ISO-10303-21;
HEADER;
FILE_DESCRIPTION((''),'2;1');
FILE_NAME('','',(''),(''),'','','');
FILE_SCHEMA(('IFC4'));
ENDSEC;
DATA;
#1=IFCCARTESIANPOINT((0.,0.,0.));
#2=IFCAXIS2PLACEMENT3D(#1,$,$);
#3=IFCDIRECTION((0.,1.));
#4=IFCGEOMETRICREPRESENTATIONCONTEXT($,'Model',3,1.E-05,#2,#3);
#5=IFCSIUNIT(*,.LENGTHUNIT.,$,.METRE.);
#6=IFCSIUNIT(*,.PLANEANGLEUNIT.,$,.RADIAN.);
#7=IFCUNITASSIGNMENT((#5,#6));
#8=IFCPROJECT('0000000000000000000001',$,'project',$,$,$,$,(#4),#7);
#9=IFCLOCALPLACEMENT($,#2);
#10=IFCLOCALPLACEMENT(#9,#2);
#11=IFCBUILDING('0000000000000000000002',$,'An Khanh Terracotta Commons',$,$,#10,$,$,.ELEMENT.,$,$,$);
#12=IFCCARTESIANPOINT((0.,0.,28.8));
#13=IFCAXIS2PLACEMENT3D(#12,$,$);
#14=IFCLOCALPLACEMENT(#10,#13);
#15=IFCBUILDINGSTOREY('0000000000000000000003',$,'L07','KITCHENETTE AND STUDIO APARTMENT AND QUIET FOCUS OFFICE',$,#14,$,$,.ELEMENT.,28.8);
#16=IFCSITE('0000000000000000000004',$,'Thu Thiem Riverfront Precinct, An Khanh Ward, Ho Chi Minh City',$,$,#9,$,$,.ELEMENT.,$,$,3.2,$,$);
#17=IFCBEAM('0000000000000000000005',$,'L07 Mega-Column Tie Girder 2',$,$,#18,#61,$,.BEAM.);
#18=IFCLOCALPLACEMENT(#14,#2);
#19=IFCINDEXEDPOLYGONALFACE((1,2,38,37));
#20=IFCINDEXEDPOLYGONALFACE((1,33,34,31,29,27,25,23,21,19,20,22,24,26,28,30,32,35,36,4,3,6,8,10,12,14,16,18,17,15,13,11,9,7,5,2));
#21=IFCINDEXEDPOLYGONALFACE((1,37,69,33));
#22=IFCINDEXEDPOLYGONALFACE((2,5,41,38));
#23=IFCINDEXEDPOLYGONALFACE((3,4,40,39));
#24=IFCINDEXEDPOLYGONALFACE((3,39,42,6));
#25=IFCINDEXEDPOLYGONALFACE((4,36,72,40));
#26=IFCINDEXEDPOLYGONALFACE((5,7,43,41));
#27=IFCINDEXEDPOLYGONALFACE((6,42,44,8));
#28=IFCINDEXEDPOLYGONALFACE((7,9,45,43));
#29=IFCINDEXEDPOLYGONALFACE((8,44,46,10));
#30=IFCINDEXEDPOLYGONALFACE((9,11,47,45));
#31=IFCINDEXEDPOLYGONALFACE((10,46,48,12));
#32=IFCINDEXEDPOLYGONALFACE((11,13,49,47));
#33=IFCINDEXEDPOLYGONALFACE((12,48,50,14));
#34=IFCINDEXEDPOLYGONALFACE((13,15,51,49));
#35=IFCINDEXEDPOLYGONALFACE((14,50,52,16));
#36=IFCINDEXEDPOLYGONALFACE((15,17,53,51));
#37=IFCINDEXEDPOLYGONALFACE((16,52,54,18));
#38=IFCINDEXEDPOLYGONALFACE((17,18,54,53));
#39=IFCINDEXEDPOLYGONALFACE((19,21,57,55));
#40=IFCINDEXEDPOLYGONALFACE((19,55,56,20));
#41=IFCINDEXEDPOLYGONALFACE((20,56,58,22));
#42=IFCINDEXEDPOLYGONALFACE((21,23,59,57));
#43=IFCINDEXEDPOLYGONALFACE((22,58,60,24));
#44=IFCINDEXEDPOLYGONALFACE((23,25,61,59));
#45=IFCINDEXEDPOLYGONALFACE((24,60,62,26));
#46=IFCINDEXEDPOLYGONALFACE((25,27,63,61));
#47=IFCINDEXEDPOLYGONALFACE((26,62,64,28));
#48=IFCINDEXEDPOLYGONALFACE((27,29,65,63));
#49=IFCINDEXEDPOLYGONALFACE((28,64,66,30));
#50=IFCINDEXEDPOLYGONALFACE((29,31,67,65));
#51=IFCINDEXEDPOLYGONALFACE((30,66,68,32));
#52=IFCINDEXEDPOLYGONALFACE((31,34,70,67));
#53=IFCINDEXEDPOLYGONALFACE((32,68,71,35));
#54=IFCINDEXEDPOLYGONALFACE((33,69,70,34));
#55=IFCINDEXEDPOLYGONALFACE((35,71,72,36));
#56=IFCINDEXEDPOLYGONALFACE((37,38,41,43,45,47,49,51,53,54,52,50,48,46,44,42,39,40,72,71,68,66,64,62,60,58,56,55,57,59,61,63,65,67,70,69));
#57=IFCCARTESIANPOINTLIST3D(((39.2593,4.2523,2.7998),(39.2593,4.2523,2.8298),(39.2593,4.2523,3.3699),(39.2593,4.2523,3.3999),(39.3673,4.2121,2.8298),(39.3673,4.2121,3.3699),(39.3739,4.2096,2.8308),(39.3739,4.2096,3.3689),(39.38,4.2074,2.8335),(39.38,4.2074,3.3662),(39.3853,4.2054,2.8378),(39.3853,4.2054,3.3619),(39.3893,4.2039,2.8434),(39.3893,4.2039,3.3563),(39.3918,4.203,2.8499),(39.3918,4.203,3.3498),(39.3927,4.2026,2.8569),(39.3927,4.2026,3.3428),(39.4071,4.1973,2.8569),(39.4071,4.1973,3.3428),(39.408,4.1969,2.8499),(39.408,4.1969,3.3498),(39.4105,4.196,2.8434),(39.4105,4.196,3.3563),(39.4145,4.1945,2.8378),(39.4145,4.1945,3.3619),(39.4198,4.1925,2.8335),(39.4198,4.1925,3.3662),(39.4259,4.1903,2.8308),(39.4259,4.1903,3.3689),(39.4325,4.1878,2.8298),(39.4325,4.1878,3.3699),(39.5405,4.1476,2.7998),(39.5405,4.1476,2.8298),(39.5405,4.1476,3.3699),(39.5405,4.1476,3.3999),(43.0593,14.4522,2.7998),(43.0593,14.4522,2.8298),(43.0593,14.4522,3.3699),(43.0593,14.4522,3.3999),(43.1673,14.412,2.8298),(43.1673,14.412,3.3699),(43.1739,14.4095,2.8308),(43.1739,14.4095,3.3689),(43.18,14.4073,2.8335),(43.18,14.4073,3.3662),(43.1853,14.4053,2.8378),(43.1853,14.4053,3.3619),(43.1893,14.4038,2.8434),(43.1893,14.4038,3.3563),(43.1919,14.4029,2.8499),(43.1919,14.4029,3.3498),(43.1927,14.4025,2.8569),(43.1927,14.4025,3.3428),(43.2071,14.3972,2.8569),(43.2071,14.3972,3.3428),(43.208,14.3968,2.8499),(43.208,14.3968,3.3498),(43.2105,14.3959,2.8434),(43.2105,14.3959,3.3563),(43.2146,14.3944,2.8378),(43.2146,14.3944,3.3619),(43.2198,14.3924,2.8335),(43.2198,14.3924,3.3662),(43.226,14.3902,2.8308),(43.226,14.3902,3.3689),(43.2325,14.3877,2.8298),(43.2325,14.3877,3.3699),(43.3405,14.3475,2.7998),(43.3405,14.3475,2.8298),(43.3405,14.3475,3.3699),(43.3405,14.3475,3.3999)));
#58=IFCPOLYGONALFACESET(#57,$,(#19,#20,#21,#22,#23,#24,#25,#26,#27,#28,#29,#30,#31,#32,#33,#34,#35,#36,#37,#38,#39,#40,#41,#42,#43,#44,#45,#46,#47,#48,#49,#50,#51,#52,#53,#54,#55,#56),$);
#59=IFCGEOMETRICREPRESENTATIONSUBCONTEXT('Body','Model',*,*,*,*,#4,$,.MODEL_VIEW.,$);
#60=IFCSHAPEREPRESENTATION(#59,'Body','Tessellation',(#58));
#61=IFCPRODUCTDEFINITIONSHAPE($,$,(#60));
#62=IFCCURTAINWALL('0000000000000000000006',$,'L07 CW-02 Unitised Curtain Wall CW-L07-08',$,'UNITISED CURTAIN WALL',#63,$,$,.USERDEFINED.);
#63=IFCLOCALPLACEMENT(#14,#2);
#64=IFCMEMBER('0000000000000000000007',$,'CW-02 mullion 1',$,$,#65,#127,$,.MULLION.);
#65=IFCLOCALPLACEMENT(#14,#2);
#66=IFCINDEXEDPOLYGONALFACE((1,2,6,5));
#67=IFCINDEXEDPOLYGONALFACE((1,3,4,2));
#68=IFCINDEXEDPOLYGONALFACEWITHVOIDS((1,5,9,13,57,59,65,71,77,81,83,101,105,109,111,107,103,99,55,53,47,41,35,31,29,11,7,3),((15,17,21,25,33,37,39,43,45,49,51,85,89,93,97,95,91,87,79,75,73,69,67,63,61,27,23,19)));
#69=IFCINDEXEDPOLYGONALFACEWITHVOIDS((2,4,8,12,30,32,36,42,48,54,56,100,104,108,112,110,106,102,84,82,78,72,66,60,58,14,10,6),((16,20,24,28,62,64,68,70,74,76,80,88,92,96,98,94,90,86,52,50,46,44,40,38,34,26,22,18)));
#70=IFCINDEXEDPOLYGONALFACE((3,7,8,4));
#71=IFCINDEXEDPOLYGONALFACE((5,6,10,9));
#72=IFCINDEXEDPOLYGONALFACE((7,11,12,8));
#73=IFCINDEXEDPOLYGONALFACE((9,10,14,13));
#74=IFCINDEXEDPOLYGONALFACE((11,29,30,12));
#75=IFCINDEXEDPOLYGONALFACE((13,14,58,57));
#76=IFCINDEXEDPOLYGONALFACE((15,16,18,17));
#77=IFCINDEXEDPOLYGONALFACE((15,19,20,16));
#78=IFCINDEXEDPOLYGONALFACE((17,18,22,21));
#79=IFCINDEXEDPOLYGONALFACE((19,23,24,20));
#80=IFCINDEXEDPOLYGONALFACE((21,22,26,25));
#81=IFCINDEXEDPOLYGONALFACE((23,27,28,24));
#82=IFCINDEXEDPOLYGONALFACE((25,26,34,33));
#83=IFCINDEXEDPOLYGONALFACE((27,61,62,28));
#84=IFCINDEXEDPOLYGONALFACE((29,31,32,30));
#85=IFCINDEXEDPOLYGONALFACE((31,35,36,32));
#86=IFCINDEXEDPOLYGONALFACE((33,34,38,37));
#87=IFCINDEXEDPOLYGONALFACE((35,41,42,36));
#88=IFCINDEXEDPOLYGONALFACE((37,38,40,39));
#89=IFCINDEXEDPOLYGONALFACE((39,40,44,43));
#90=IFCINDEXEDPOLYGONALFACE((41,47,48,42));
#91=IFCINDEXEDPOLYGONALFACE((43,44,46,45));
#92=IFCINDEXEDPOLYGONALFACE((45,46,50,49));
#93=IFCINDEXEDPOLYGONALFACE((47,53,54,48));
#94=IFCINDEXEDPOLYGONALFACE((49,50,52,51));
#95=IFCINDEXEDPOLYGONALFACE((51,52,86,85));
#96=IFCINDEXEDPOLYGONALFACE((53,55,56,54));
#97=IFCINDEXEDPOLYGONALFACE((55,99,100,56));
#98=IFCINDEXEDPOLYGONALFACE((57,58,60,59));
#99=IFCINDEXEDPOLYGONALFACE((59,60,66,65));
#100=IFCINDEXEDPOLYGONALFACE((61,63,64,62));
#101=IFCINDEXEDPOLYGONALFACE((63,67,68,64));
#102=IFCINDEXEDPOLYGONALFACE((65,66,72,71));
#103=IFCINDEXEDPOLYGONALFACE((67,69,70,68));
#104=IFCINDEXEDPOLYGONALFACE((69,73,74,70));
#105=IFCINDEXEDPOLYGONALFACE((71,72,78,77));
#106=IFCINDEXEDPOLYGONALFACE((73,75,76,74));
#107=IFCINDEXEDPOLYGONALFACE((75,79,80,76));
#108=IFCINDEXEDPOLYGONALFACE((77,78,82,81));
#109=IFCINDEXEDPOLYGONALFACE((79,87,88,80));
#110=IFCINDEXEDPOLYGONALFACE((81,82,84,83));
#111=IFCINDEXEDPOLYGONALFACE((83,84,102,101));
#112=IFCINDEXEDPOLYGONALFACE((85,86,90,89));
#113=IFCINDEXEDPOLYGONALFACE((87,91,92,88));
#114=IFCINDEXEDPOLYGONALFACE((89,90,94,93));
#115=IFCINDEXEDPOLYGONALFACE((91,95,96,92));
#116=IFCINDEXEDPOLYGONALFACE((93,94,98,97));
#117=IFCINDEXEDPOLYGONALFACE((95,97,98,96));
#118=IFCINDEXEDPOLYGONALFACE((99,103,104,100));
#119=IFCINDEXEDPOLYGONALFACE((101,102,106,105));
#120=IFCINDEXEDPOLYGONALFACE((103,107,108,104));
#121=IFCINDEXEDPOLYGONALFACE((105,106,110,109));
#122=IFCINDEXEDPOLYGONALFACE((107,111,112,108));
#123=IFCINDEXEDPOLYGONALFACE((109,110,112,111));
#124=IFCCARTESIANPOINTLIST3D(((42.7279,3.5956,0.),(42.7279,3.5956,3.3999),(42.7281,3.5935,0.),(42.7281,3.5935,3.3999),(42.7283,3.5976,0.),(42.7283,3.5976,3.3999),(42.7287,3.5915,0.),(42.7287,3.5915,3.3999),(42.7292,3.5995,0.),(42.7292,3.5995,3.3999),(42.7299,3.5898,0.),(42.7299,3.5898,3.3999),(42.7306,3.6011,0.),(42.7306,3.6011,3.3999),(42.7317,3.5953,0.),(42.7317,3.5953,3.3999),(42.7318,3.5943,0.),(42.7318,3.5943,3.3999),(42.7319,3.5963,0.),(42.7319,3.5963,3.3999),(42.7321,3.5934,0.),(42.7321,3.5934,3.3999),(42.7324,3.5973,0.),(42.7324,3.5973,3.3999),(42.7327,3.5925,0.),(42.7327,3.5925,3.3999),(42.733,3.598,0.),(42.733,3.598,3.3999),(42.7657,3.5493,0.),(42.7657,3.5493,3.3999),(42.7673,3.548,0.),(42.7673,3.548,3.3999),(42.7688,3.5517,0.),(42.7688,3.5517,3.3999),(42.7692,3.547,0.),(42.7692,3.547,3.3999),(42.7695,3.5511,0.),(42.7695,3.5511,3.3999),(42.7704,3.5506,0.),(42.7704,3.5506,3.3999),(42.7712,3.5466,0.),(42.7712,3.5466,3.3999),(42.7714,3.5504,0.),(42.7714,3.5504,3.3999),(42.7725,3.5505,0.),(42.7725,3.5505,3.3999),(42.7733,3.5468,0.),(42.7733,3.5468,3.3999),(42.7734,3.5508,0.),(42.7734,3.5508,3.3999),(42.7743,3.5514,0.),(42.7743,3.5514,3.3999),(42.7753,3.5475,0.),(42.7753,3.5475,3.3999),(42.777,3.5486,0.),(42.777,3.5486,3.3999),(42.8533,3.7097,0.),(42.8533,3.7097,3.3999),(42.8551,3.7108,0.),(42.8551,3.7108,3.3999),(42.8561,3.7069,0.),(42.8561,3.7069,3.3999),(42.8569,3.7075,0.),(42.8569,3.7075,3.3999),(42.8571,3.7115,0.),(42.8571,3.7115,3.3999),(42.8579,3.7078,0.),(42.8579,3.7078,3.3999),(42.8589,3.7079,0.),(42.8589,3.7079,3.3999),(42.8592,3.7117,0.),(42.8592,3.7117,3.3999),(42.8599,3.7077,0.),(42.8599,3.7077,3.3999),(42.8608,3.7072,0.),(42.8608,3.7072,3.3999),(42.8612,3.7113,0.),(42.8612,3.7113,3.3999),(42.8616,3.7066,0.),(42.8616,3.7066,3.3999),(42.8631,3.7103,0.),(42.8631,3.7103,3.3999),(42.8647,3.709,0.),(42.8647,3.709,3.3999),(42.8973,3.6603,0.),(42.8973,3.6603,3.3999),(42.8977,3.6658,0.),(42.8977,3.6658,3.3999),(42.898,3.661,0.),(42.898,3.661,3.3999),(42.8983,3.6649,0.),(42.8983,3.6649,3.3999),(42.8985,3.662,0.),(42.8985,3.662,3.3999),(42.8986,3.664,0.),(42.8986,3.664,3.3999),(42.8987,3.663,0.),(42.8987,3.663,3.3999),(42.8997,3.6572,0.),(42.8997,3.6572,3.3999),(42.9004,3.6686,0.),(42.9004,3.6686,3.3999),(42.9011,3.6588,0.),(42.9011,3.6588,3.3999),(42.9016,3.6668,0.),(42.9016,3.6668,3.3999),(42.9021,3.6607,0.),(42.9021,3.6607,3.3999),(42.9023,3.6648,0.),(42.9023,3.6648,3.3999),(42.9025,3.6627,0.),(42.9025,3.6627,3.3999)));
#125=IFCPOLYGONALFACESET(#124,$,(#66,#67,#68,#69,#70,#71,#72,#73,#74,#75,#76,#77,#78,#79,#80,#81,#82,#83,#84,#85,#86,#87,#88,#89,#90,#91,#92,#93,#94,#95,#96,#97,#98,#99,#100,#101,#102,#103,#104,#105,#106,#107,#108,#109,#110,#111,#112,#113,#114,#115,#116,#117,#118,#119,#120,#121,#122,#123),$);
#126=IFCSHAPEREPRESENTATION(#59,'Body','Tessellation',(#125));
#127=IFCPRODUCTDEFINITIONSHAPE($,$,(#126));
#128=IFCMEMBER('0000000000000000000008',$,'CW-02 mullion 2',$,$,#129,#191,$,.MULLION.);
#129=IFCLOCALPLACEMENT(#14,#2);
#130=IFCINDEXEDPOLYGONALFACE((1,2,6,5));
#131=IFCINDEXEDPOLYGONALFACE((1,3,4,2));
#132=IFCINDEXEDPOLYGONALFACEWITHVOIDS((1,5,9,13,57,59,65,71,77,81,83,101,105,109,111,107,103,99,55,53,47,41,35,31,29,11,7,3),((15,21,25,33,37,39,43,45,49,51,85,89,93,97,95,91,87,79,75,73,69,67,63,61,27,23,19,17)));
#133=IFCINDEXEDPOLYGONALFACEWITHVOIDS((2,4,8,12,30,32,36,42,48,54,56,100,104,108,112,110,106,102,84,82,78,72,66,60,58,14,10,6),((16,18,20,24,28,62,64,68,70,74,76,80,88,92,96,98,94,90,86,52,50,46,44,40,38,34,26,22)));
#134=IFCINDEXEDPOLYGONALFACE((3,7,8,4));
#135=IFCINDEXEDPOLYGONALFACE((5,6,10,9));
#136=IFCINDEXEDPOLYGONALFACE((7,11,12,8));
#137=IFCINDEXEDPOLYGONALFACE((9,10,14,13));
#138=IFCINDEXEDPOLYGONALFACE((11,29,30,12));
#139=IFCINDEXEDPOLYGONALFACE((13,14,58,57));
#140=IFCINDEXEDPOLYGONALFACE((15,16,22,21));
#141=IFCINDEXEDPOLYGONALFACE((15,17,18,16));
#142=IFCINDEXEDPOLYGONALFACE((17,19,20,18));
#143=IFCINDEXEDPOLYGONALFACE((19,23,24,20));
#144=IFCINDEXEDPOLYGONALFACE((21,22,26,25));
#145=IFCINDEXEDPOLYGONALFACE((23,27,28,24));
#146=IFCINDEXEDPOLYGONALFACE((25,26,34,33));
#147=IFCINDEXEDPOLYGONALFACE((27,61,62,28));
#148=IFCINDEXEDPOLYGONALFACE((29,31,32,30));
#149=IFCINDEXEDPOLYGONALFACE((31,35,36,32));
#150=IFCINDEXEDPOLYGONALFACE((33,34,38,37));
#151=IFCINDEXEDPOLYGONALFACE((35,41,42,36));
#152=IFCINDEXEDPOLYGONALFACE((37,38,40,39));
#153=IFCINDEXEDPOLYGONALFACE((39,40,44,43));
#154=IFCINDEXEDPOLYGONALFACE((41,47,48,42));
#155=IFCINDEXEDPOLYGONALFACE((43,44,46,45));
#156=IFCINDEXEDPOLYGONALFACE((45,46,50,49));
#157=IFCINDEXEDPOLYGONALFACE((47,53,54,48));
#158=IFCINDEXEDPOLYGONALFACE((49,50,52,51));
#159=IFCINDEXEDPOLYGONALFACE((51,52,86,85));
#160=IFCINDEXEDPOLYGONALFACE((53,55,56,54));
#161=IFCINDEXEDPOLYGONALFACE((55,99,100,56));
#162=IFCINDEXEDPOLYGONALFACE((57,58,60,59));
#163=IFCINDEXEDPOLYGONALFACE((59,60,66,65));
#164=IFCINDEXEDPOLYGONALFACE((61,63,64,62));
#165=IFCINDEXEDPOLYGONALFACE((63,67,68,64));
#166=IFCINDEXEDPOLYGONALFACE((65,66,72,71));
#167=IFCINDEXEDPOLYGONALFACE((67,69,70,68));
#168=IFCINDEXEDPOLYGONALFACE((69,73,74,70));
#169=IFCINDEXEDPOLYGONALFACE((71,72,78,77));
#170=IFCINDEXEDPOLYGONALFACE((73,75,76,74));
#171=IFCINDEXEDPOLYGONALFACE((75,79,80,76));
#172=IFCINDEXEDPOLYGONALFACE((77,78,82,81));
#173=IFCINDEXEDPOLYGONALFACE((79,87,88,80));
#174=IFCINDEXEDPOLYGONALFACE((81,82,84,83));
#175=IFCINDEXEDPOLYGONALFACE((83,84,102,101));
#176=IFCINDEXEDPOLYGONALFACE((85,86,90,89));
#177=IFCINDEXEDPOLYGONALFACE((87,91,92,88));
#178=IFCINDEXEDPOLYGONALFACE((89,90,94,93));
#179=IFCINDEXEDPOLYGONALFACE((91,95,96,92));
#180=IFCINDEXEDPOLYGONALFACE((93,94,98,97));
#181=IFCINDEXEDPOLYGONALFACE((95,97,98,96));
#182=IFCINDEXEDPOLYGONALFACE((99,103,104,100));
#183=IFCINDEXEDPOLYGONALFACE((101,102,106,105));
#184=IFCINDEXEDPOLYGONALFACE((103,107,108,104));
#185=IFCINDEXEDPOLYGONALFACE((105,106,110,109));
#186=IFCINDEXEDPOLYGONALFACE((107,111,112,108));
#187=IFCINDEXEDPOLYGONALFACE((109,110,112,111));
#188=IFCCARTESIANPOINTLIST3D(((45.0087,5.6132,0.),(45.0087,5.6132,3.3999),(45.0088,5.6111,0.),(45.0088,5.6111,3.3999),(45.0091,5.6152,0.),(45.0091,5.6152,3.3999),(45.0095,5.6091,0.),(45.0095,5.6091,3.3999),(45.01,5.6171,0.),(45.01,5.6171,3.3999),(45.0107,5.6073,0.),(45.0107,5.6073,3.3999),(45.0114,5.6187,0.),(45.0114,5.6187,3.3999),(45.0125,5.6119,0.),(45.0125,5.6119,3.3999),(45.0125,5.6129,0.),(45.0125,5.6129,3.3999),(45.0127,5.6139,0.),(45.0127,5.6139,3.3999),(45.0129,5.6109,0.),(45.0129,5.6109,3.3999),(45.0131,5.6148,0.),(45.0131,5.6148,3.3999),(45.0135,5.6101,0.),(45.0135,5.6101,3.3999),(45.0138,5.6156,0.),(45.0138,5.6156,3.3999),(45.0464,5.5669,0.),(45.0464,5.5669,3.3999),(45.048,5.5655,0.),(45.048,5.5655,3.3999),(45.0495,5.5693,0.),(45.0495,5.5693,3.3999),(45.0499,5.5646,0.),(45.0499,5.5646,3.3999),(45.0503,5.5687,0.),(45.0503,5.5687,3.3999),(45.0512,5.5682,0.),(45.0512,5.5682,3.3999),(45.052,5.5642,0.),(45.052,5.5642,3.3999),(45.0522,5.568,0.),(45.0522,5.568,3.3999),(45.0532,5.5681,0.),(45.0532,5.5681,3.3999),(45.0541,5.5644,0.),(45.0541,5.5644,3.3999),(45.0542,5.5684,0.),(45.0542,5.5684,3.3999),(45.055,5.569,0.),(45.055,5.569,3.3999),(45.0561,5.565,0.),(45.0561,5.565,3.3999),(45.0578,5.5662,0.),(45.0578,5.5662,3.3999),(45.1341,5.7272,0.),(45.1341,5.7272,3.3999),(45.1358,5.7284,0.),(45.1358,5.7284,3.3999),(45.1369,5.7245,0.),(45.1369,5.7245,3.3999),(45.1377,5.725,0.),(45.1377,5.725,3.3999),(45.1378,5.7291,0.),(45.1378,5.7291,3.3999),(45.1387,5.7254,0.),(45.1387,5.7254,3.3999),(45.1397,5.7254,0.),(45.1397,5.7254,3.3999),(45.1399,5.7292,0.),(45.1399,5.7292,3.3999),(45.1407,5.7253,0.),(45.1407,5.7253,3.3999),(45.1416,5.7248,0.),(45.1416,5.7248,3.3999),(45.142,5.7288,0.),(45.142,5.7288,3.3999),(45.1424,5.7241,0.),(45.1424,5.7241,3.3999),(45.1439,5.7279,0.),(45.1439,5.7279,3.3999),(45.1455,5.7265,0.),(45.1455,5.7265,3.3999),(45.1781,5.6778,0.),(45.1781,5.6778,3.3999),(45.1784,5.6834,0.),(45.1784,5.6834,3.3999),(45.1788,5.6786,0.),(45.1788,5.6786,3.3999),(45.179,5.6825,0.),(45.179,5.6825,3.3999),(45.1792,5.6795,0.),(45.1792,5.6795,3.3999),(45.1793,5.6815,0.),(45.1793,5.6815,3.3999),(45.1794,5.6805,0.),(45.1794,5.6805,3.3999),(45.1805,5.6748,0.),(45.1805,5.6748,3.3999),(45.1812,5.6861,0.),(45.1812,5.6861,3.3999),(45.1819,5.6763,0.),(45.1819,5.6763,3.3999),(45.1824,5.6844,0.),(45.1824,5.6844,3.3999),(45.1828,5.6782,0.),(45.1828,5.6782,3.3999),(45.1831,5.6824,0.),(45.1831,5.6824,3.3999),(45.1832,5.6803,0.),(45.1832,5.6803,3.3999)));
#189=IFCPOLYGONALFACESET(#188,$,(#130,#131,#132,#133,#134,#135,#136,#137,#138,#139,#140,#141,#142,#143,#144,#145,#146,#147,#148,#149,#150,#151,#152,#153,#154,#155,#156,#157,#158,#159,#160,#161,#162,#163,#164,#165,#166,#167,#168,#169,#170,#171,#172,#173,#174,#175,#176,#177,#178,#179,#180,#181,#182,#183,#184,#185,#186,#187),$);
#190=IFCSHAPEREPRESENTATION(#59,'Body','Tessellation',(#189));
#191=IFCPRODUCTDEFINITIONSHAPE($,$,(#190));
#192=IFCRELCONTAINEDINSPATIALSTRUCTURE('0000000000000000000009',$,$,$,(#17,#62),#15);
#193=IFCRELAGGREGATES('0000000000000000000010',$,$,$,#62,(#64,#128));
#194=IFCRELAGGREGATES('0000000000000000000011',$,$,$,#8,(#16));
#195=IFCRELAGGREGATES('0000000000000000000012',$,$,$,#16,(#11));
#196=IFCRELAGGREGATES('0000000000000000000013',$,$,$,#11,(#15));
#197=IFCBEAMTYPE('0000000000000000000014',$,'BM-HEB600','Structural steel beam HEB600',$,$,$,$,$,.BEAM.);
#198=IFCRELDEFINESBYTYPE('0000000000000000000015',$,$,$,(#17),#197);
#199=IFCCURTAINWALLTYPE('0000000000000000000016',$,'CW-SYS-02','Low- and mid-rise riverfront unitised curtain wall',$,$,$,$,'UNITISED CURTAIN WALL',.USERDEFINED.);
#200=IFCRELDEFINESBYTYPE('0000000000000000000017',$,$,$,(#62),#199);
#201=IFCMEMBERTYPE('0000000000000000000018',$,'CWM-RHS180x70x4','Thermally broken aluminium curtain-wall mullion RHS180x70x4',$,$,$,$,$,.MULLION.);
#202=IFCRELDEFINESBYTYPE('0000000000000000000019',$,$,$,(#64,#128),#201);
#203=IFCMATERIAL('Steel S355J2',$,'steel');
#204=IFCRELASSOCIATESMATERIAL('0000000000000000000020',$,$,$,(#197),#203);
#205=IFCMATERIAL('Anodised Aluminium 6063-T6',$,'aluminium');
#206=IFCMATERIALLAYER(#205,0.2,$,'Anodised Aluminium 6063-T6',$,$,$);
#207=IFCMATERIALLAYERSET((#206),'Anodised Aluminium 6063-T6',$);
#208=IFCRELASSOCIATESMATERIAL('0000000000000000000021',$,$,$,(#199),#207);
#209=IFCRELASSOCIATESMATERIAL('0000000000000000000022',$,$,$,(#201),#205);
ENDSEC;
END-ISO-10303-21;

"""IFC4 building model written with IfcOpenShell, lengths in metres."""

from ifc_helpers import new_model, si_unit, direction, frame, origin, origin_2d, place, context, subcontext, project, spatial, hollow_rectangle, i_section, extrude, material, layer, layer_set, material_profile, profile_set, type_object, element, aggregate, save


model = new_model("IFC4")

# Units and contexts
model_context = context("Model", 3, precision=1e-05, world=origin(), true_north=direction((0.0, 1.0)))
body_context = subcontext(model_context, "Body", "Model", "MODEL_VIEW")
ifc_project = project(units=[si_unit("LENGTHUNIT", "METRE"), si_unit("PLANEANGLEUNIT", "RADIAN")], contexts=[model_context])

# Site, building, storey
site_placement = place(None, origin())
site = spatial("IfcSite", under=ifc_project, at=site_placement, Name="Thu Thiem Riverfront Precinct, An Khanh Ward, Ho Chi Minh City", CompositionType="ELEMENT", RefElevation=3.2)
building_placement = place(site_placement, origin())
building = spatial("IfcBuilding", under=site, at=building_placement, Name="An Khanh Terracotta Commons", CompositionType="ELEMENT")
storey_placement = place(building_placement, frame((0.0, 0.0, 28.8)))
storey = spatial("IfcBuildingStorey", under=building, at=storey_placement, Name="L07", Description="KITCHENETTE AND STUDIO APARTMENT AND QUIET FOCUS OFFICE", CompositionType="ELEMENT", Elevation=28.8)

# Beam
ifc_material_1 = material(Name="Steel S355J2", Category="steel")
ifc_material_profile_1 = material_profile(ifc_material_1, i_section(OverallWidth=0.3, OverallDepth=0.6001, WebThickness=0.0154, FlangeThickness=0.03, FilletRadius=0.0271, at=origin_2d()), Name="HEB600")
ifc_profile_set_1 = profile_set([ifc_material_profile_1], Name="Steel S355J2")
beam_type_1 = type_object("IfcBeamType", Name="BM-HEB600", Description="Structural steel beam HEB600", PredefinedType="BEAM", material=ifc_profile_set_1)
beam_1_placement = place(storey_placement, frame((39.3999, 4.2, 3.0999), z_axis=(0.349114, 0.93708, 0.0), x_axis=(-0.93708, 0.349114, 0.0)))
element("IfcBeam", 1, at=beam_1_placement, inside=storey, type_object=beam_type_1, Name="L07 Mega-Column Tie Girder 2", PredefinedType="BEAM", context=body_context, shape_type="SweptSolid", body=[
    extrude(i_section(OverallWidth=0.3, OverallDepth=0.6001, WebThickness=0.0154, FlangeThickness=0.03, FilletRadius=0.0271, at=origin_2d()), origin(), (0.0, 0.0, 1.0), 10.8848),
])

# Curtain wall, members
ifc_material_2 = material(Name="Anodised Aluminium 6063-T6", Category="aluminium")
ifc_layer_1 = layer(ifc_material_2, 0.2, Name="Anodised Aluminium 6063-T6")
ifc_layer_set_1 = layer_set([ifc_layer_1], Name="Anodised Aluminium 6063-T6")
curtain_wall_type = type_object("IfcCurtainWallType", Name="CW-SYS-02", Description="Low- and mid-rise riverfront unitised curtain wall", ElementType="UNITISED CURTAIN WALL", PredefinedType="USERDEFINED", material=ifc_layer_set_1)
curtain_wall_1_placement = place(storey_placement, origin())
curtain_wall_1 = element("IfcCurtainWall", 2, at=curtain_wall_1_placement, inside=storey, type_object=curtain_wall_type, Name="L07 CW-02 Unitised Curtain Wall CW-L07-08", ObjectType="UNITISED CURTAIN WALL", PredefinedType="USERDEFINED")
ifc_material_profile_2 = material_profile(ifc_material_2, hollow_rectangle(XDim=0.0701, YDim=0.1799, WallThickness=0.0039, InnerFilletRadius=0.0039, OuterFilletRadius=0.0081, at=origin_2d()), Name="RHS180x70x4")
ifc_profile_set_2 = profile_set([ifc_material_profile_2], Name="Anodised Aluminium 6063-T6")
member_type_1 = type_object("IfcMemberType", Name="CWM-RHS180x70x4", Description="Thermally broken aluminium curtain-wall mullion RHS180x70x4", PredefinedType="MULLION", material=ifc_profile_set_2)
member_1_placement = place(storey_placement, frame((42.8152, 3.6292, 0.0), z_axis=(0.0, 0.0, 1.0), x_axis=(-0.662548, 0.749019, 0.0)))
member_1 = element("IfcMember", 3, at=member_1_placement, type_object=member_type_1, Name="CW-02 mullion 1", PredefinedType="MULLION", context=body_context, shape_type="SweptSolid", body=[
    extrude(hollow_rectangle(XDim=0.0701, YDim=0.1799, WallThickness=0.0039, InnerFilletRadius=0.0039, OuterFilletRadius=0.0081, at=origin_2d()), origin(), (0.0, 0.0, 1.0), 3.3999),
])
member_2_placement = place(storey_placement, frame((45.0959, 5.6467, 0.0), z_axis=(0.0, 0.0, 1.0), x_axis=(-0.662548, 0.749019, 0.0)))
member_2 = element("IfcMember", 4, at=member_2_placement, type_object=member_type_1, Name="CW-02 mullion 2", PredefinedType="MULLION", context=body_context, shape_type="SweptSolid", body=[
    extrude(hollow_rectangle(XDim=0.0701, YDim=0.1799, WallThickness=0.0039, InnerFilletRadius=0.0039, OuterFilletRadius=0.0081, at=origin_2d()), origin(), (0.0, 0.0, 1.0), 3.3999),
])

aggregate(curtain_wall_1, [member_1, member_2])

save(model, "model.ifc")
